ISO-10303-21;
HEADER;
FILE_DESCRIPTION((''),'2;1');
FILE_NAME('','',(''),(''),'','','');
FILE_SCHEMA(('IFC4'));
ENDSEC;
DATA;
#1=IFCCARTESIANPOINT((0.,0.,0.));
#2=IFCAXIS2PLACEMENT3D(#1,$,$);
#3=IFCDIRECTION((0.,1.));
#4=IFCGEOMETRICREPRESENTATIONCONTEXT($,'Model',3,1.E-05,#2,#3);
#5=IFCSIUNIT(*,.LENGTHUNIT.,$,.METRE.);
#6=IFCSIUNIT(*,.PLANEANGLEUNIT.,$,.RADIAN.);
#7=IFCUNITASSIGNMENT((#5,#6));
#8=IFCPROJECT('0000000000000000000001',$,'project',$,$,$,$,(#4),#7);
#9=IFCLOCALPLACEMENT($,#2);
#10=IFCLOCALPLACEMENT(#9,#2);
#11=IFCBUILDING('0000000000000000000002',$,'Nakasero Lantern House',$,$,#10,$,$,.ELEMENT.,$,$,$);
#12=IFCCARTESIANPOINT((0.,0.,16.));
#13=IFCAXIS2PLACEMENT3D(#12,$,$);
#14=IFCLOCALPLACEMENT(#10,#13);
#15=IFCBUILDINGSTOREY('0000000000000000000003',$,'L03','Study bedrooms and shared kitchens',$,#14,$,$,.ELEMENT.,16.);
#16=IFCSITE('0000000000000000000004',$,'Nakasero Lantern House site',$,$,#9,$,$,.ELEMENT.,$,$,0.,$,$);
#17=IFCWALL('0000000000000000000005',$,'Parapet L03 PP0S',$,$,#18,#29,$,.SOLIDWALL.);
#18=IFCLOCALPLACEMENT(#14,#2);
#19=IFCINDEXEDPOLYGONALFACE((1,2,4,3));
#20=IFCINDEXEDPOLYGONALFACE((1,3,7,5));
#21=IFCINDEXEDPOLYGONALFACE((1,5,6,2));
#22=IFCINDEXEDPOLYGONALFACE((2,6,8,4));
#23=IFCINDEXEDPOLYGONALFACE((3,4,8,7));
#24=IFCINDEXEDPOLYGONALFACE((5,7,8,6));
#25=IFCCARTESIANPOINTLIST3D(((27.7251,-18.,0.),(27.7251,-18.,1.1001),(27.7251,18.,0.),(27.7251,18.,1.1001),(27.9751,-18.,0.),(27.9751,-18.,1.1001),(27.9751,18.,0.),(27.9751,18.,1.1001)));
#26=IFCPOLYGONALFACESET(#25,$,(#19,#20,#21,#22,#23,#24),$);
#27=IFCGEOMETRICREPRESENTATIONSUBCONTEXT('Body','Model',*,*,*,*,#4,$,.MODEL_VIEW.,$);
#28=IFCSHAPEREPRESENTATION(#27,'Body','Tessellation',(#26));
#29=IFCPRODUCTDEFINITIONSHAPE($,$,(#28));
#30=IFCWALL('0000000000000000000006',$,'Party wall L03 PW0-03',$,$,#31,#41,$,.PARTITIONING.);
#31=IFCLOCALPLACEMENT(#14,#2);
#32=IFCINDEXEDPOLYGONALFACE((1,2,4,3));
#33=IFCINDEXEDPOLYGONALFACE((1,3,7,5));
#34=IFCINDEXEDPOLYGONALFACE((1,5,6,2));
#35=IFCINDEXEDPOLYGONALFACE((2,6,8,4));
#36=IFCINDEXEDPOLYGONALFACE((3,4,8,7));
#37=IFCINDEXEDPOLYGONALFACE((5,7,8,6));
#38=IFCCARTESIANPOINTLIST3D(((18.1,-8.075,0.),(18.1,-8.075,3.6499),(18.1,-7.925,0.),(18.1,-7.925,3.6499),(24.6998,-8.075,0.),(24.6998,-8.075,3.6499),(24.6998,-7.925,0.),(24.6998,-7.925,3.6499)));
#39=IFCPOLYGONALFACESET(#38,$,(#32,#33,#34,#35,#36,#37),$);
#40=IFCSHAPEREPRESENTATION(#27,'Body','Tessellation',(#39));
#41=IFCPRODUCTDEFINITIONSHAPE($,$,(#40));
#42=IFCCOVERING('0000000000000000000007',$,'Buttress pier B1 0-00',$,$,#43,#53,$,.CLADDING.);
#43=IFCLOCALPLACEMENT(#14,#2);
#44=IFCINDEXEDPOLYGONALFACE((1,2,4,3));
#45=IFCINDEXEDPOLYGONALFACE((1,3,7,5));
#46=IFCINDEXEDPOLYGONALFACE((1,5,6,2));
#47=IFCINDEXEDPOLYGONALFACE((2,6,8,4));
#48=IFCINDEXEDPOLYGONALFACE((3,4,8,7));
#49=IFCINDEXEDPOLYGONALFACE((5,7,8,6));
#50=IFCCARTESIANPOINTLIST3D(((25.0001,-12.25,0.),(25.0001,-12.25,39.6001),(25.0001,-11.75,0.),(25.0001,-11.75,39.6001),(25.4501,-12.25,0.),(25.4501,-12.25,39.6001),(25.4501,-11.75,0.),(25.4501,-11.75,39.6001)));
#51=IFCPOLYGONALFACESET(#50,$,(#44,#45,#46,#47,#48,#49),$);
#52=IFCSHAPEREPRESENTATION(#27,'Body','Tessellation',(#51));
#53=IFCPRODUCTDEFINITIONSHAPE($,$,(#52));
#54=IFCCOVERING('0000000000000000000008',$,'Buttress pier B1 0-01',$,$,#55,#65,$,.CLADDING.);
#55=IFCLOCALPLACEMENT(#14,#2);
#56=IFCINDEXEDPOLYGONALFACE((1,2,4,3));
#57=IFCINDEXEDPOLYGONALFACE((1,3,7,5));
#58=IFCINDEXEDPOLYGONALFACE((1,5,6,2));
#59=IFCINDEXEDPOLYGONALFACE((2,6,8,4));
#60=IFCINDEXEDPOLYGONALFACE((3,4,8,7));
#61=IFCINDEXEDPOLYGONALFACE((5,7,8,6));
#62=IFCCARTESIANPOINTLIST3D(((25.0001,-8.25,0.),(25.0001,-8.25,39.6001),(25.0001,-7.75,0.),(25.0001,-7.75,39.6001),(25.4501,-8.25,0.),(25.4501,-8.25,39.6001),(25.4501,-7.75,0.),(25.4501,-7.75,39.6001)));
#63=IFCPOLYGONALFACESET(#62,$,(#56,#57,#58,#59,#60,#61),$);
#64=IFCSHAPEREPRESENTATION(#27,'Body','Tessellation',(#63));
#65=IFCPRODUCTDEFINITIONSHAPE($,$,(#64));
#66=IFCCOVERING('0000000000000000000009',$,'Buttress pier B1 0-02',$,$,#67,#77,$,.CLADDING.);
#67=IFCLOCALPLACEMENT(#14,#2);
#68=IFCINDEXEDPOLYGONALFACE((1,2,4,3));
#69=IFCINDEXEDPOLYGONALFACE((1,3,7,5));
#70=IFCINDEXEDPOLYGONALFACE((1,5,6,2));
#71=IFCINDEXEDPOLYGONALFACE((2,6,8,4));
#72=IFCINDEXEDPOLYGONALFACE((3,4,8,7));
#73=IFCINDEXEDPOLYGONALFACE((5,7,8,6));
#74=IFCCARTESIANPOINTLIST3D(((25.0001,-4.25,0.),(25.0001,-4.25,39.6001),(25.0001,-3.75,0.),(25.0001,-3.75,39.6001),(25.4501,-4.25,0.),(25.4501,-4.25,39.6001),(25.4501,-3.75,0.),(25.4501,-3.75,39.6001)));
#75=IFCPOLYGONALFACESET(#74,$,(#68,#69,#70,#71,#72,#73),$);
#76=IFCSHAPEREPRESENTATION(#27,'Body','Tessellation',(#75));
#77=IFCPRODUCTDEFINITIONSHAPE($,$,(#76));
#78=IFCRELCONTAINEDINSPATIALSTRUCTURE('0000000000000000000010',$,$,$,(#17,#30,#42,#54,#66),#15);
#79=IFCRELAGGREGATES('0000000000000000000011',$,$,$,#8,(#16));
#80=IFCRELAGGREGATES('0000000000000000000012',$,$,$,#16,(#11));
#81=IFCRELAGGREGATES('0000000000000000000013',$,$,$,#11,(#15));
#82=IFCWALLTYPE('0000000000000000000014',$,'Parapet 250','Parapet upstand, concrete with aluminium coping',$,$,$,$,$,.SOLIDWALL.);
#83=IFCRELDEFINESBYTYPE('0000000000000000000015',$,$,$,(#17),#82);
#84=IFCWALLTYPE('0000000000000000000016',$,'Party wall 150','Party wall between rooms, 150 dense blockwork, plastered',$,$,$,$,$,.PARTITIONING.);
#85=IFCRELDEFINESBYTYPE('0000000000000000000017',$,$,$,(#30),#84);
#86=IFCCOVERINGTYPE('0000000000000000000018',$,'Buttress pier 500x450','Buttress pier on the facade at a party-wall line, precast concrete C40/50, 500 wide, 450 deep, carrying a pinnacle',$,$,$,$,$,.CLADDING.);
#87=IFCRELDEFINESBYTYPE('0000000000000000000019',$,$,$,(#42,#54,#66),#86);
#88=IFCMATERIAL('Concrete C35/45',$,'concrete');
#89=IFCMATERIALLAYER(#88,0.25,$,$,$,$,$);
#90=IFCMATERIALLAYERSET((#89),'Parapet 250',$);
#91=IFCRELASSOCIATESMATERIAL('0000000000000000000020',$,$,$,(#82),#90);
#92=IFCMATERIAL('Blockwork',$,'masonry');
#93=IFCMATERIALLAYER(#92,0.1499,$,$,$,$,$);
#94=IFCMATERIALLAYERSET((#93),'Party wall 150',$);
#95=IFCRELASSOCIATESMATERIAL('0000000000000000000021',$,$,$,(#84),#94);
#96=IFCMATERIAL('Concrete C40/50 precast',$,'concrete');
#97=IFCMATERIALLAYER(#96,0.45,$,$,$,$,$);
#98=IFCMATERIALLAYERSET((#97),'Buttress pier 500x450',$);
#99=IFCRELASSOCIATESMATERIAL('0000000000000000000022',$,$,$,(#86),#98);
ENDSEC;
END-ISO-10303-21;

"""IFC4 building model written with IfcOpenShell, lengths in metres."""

from ifc_helpers import new_model, si_unit, direction, frame, frame_2d, origin, origin_2d, place, context, subcontext, project, spatial, rectangle, extrude, material, layer, layer_set, type_object, element, save


model = new_model("IFC4")

# Units and contexts
model_context = context("Model", 3, precision=1e-05, world=origin(), true_north=direction((0.0, 1.0)))
body_context = subcontext(model_context, "Body", "Model", "MODEL_VIEW")
ifc_project = project(units=[si_unit("LENGTHUNIT", "METRE"), si_unit("PLANEANGLEUNIT", "RADIAN")], contexts=[model_context])

# Site, building, storey
site_placement = place(None, origin())
site = spatial("IfcSite", under=ifc_project, at=site_placement, Name="Nakasero Lantern House site", CompositionType="ELEMENT", RefElevation=0.0)
building_placement = place(site_placement, origin())
building = spatial("IfcBuilding", under=site, at=building_placement, Name="Nakasero Lantern House", CompositionType="ELEMENT")
storey_placement = place(building_placement, frame((0.0, 0.0, 16.0)))
storey = spatial("IfcBuildingStorey", under=building, at=storey_placement, Name="L03", Description="Study bedrooms and shared kitchens", CompositionType="ELEMENT", Elevation=16.0)

# Walls
ifc_material_1 = material(Name="Concrete C35/45", Category="concrete")
ifc_layer_1 = layer(ifc_material_1, 0.25)
ifc_layer_set_1 = layer_set([ifc_layer_1], Name="Parapet 250")
wall_type_1 = type_object("IfcWallType", Name="Parapet 250", Description="Parapet upstand, concrete with aluminium coping", PredefinedType="SOLIDWALL", material=ifc_layer_set_1)
wall_1_placement = place(storey_placement, frame((27.8501, -18.0, 0.0), z_axis=(0.0, 0.0, 1.0), x_axis=(0.0, 1.0, 0.0)))
element("IfcWall", 1, at=wall_1_placement, inside=storey, type_object=wall_type_1, Name="Parapet L03 PP0S", PredefinedType="SOLIDWALL", context=body_context, shape_type="SweptSolid", body=[
    extrude(rectangle(XDim=36.0, YDim=0.25, at=frame_2d((18.0, 0.0))), origin(), (0.0, 0.0, 1.0), 1.1001),
])
ifc_material_2 = material(Name="Blockwork", Category="masonry")
ifc_layer_2 = layer(ifc_material_2, 0.1499)
ifc_layer_set_2 = layer_set([ifc_layer_2], Name="Party wall 150")
wall_type_2 = type_object("IfcWallType", Name="Party wall 150", Description="Party wall between rooms, 150 dense blockwork, plastered", PredefinedType="PARTITIONING", material=ifc_layer_set_2)
wall_2_placement = place(storey_placement, frame((18.1001, -8.0, 0.0), z_axis=(0.0, 0.0, 1.0), x_axis=(1.0, 0.0, 0.0)))
element("IfcWall", 2, at=wall_2_placement, inside=storey, type_object=wall_type_2, Name="Party wall L03 PW0-03", PredefinedType="PARTITIONING", context=body_context, shape_type="SweptSolid", body=[
    extrude(rectangle(XDim=6.5999, YDim=0.1499, at=frame_2d((3.2998, 0.0))), origin(), (0.0, 0.0, 1.0), 3.6499),
])

# Coverings
ifc_material_3 = material(Name="Concrete C40/50 precast", Category="concrete")
ifc_layer_3 = layer(ifc_material_3, 0.45)
ifc_layer_set_3 = layer_set([ifc_layer_3], Name="Buttress pier 500x450")
covering_type = type_object("IfcCoveringType", Name="Buttress pier 500x450", Description="Buttress pier on the facade at a party-wall line, precast concrete C40/50, 500 wide, 450 deep, carrying a pinnacle", PredefinedType="CLADDING", material=ifc_layer_set_3)
for number, where, z_axis, x_axis, name in (
    (3, (25.2251, -12.0, 0.0), (0.0, 0.0, 1.0), (1.0, 0.0, 0.0), "Buttress pier B1 0-00"),
    (4, (25.2251, -8.0, 0.0), (0.0, 0.0, 1.0), (1.0, 0.0, 0.0), "Buttress pier B1 0-01"),
    (5, (25.2251, -4.0, 0.0), (0.0, 0.0, 1.0), (1.0, 0.0, 0.0), "Buttress pier B1 0-02"),
):
    element("IfcCovering", number, at=place(storey_placement, frame(where, z_axis=z_axis, x_axis=x_axis)), inside=storey, type_object=covering_type, Name=name, PredefinedType="CLADDING", context=body_context, shape_type="SweptSolid", body=[
        extrude(rectangle(XDim=0.45, YDim=0.5, at=origin_2d()), origin(), (0.0, 0.0, 1.0), 39.6001),
    ])

save(model, "model.ifc")
